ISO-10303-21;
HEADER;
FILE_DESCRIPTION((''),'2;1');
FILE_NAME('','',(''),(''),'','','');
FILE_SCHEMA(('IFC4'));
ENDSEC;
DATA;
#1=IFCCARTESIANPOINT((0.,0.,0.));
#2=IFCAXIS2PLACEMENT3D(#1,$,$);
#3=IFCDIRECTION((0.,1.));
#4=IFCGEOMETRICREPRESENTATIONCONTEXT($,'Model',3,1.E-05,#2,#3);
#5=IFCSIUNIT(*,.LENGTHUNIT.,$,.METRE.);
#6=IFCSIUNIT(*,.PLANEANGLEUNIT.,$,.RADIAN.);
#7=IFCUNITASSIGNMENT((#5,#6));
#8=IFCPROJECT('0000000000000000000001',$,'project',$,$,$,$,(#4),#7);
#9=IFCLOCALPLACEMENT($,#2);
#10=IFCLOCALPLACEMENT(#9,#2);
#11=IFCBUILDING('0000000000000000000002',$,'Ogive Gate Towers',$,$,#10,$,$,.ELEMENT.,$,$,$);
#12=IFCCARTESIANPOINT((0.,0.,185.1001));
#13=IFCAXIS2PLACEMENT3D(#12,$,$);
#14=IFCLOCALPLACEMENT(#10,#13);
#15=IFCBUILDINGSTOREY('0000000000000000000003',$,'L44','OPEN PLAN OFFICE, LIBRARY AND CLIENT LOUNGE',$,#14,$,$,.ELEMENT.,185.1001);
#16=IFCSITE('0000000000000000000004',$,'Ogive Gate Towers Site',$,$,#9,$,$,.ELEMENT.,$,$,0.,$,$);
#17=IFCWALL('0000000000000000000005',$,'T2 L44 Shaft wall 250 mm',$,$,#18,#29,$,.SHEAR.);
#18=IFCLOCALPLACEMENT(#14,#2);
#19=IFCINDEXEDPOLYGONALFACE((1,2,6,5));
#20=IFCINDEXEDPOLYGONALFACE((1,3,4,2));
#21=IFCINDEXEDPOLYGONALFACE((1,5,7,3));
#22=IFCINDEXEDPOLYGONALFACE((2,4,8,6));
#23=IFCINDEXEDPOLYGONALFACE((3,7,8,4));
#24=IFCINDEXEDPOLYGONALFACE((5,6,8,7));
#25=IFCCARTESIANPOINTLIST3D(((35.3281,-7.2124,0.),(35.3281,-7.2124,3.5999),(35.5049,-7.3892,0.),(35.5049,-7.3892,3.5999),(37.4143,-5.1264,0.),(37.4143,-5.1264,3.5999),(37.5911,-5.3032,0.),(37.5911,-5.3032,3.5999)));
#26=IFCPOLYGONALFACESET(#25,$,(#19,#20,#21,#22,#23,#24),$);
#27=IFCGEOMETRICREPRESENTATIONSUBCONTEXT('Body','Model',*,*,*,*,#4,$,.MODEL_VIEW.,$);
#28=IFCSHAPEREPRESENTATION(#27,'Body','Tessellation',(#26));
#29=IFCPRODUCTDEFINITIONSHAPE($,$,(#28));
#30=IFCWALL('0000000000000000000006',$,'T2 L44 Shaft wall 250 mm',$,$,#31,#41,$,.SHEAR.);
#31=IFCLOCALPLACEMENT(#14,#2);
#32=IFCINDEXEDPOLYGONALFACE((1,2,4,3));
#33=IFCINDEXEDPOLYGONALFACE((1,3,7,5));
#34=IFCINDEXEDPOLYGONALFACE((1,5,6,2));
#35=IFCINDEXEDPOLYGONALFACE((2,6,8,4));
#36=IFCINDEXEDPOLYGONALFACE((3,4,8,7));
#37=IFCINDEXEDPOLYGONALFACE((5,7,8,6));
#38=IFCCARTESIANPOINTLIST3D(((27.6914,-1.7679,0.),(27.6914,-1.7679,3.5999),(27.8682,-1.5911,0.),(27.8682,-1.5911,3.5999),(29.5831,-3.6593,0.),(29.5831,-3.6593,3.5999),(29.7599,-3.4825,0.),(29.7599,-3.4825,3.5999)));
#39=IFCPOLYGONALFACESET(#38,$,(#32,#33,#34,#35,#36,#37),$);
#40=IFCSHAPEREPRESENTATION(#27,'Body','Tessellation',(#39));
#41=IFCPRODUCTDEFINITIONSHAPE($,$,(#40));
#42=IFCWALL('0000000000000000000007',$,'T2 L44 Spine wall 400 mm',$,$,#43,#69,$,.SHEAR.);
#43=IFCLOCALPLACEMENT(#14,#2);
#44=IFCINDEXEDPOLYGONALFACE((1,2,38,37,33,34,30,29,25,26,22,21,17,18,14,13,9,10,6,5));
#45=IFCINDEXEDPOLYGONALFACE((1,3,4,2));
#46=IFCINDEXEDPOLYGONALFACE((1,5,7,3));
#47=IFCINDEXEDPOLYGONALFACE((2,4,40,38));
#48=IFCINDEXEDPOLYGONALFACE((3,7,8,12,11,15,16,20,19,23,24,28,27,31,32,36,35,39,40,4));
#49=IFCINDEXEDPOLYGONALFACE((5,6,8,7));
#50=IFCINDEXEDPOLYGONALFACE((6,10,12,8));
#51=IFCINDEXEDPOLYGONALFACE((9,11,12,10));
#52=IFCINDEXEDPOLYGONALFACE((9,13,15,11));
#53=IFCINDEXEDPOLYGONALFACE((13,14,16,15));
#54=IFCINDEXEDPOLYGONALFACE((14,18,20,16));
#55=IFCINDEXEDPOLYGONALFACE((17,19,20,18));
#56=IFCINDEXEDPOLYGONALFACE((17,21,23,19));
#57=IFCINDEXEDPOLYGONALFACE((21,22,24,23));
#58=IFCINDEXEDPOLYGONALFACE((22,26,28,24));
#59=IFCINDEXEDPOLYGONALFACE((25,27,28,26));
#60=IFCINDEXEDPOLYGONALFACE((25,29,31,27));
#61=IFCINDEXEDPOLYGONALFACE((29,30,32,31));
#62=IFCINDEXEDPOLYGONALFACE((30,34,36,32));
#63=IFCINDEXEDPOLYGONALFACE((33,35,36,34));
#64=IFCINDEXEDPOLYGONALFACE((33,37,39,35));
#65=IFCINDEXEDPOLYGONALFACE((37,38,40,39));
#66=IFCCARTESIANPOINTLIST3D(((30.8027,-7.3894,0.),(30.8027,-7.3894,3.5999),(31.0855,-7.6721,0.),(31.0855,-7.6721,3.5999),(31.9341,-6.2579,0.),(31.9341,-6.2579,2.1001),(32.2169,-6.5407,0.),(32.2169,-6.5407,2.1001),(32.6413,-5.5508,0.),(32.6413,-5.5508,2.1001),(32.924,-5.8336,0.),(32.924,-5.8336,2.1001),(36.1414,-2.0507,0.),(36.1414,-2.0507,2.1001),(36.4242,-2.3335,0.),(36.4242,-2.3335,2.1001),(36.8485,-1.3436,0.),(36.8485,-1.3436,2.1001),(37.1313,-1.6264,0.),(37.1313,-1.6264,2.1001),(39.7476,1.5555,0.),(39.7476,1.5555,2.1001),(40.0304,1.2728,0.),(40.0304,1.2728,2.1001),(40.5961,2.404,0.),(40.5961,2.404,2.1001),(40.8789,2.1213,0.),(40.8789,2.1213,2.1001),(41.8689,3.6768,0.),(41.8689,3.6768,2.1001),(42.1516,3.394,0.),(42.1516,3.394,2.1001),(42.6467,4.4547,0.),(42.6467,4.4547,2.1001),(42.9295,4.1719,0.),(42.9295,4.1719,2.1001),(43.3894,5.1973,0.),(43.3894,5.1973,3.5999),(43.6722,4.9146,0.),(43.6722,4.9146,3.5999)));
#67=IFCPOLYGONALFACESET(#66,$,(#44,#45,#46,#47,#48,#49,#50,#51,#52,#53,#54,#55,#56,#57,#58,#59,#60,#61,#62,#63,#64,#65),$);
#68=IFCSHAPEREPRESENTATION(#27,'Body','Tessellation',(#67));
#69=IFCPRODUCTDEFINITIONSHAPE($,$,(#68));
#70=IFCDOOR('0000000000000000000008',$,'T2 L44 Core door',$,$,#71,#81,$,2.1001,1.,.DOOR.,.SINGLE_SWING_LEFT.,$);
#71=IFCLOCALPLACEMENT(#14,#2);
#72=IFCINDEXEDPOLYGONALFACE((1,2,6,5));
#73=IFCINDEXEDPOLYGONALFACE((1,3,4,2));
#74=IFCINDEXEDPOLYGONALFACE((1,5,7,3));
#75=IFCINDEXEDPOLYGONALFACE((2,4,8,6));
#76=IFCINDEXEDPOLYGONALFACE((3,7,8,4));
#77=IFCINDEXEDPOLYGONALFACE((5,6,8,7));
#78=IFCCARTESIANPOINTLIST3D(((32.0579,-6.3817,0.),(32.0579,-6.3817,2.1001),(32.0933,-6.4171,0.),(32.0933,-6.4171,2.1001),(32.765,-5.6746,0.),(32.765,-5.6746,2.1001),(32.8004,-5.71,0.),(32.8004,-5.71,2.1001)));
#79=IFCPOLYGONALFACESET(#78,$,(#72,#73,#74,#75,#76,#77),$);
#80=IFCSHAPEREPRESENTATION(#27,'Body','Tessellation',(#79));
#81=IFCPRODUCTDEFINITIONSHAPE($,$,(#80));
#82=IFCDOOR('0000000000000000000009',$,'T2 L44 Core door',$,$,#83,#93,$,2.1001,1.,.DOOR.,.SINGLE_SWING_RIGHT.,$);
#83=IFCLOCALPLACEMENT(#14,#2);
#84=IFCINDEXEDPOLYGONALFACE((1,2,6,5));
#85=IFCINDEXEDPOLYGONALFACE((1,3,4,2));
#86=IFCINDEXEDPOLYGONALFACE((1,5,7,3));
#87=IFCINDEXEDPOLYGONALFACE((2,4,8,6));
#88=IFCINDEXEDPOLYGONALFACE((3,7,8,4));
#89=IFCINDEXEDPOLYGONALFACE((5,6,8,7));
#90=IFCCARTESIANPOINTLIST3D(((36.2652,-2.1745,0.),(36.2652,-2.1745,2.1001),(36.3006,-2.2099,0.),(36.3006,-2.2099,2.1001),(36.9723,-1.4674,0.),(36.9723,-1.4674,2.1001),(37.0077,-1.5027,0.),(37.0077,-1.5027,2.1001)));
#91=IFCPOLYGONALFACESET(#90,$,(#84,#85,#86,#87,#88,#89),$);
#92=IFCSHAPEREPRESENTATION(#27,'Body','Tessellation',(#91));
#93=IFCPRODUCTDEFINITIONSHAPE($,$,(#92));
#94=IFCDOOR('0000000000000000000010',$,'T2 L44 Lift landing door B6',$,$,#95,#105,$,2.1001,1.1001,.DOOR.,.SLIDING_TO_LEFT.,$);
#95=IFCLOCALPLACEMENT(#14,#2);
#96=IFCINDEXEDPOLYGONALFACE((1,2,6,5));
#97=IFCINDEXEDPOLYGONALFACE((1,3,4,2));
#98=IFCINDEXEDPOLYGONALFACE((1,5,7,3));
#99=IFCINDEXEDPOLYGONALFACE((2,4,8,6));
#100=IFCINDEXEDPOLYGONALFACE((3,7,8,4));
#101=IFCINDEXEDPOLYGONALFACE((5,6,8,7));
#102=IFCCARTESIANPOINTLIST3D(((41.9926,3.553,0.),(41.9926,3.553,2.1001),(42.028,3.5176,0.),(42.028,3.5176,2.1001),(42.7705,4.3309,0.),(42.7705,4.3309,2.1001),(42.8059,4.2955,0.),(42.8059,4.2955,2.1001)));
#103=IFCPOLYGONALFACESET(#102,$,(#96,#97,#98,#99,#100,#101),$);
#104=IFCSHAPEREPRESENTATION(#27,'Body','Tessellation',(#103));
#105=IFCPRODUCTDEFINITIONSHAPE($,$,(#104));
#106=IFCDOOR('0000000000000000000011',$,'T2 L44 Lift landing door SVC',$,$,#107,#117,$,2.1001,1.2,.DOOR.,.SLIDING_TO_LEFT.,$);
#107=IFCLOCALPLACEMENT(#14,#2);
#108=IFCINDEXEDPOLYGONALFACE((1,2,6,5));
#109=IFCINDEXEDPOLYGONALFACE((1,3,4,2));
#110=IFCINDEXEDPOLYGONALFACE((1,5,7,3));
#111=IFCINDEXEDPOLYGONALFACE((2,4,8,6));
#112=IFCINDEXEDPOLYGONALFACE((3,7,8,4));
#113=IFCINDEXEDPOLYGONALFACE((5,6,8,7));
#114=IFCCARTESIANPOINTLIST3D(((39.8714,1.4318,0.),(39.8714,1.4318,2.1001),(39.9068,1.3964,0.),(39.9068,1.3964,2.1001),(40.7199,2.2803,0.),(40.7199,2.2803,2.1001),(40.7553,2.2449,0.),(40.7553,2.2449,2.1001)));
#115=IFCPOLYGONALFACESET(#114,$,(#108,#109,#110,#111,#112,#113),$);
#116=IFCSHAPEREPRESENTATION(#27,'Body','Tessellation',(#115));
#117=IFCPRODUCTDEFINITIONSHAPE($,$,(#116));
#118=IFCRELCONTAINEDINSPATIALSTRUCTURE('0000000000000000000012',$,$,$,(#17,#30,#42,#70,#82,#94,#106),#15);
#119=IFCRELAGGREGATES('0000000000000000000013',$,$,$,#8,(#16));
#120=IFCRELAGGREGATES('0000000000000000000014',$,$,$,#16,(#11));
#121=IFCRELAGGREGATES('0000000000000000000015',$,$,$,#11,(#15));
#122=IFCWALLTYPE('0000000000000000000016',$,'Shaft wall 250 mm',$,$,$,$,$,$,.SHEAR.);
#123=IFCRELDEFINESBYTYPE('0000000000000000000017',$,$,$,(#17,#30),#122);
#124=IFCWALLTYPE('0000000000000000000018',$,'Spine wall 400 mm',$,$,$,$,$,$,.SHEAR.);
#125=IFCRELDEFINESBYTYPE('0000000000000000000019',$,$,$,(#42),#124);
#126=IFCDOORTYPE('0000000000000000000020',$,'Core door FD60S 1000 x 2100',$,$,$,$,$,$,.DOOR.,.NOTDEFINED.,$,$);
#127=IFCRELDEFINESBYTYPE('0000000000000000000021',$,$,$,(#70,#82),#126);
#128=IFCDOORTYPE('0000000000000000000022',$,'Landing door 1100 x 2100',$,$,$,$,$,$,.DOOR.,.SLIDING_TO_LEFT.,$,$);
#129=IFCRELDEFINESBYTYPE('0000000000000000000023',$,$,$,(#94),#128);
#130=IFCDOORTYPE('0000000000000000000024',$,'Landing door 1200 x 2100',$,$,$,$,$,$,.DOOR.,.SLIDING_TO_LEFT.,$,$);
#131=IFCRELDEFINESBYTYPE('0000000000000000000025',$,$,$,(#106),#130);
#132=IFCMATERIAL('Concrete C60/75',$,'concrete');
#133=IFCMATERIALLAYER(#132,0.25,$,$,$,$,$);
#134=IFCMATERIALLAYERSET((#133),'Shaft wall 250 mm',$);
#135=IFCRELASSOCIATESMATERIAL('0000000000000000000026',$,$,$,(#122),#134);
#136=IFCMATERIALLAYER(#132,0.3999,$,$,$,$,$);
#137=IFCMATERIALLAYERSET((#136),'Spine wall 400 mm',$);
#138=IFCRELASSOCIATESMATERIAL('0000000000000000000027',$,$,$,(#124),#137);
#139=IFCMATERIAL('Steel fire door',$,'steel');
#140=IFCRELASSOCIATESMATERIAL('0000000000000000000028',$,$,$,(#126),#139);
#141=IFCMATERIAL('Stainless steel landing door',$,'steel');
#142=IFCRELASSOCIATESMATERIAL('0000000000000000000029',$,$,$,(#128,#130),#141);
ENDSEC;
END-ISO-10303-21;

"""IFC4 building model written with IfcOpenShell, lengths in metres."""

from ifc_helpers import new_model, si_unit, direction, frame, frame_2d, origin, place, context, subcontext, project, spatial, rectangle, extrude, material, layer, layer_set, type_object, element, fill, save


model = new_model("IFC4")

# Units and contexts
model_context = context("Model", 3, precision=1e-05, world=origin(), true_north=direction((0.0, 1.0)))
body_context = subcontext(model_context, "Body", "Model", "MODEL_VIEW")
ifc_project = project(units=[si_unit("LENGTHUNIT", "METRE"), si_unit("PLANEANGLEUNIT", "RADIAN")], contexts=[model_context])

# Site, building, storey
site_placement = place(None, origin())
site = spatial("IfcSite", under=ifc_project, at=site_placement, Name="Ogive Gate Towers Site", CompositionType="ELEMENT", RefElevation=0.0)
building_placement = place(site_placement, origin())
building = spatial("IfcBuilding", under=site, at=building_placement, Name="Ogive Gate Towers", CompositionType="ELEMENT")
storey_placement = place(building_placement, frame((0.0, 0.0, 185.1001)))
storey = spatial("IfcBuildingStorey", under=building, at=storey_placement, Name="L44", Description="OPEN PLAN OFFICE, LIBRARY AND CLIENT LOUNGE", CompositionType="ELEMENT", Elevation=185.1001)

# Walls
ifc_material_1 = material(Name="Concrete C60/75", Category="concrete")
ifc_layer_1 = layer(ifc_material_1, 0.25)
ifc_layer_set_1 = layer_set([ifc_layer_1], Name="Shaft wall 250 mm")
wall_type_1 = type_object("IfcWallType", Name="Shaft wall 250 mm", PredefinedType="SHEAR", material=ifc_layer_set_1)
wall_1_placement = place(storey_placement, frame((35.4165, -7.3008, 0.0), z_axis=(0.0, 0.0, 1.0), x_axis=(0.707148, 0.707065, 0.0)))
element("IfcWall", 1, at=wall_1_placement, inside=storey, type_object=wall_type_1, Name="T2 L44 Shaft wall 250 mm", PredefinedType="SHEAR", context=body_context, shape_type="SweptSolid", body=[
    extrude(rectangle(XDim=2.9502, YDim=0.25, at=frame_2d((1.4751, 0.0))), origin(), (0.0, 0.0, 1.0), 3.5999),
])
wall_2_placement = place(storey_placement, frame((29.6714, -3.5708, 0.0), z_axis=(0.0, 0.0, 1.0), x_axis=(-0.707152, 0.707061, 0.0)))
element("IfcWall", 2, at=wall_2_placement, inside=storey, type_object=wall_type_1, Name="T2 L44 Shaft wall 250 mm", PredefinedType="SHEAR", context=body_context, shape_type="SweptSolid", body=[
    extrude(rectangle(XDim=2.675, YDim=0.25, at=frame_2d((1.3374, 0.0))), origin(), (0.0, 0.0, 1.0), 3.5999),
])

# Wall, openings, doors
ifc_layer_2 = layer(ifc_material_1, 0.3999)
ifc_layer_set_2 = layer_set([ifc_layer_2], Name="Spine wall 400 mm")
wall_type_2 = type_object("IfcWallType", Name="Spine wall 400 mm", PredefinedType="SHEAR", material=ifc_layer_set_2)
wall_3_placement = place(storey_placement, frame((30.9441, -7.5308, 0.0), z_axis=(0.0, 0.0, 1.0), x_axis=(0.707107, 0.707107, 0.0)))
wall_3 = element("IfcWall", 3, at=wall_3_placement, inside=storey, type_object=wall_type_2, Name="T2 L44 Spine wall 400 mm", PredefinedType="SHEAR", context=body_context, shape_type="SweptSolid", body=[
    extrude(rectangle(XDim=17.8003, YDim=0.3999, at=frame_2d((8.9001, 0.0))), origin(), (0.0, 0.0, 1.0), 3.5999),
])
opening_1_placement = place(wall_3_placement, frame((12.6499, 0.0, 0.0)))
opening_1 = element("IfcOpeningElement", 4, at=opening_1_placement, cuts=wall_3, PredefinedType="OPENING", context=body_context, shape_type="SweptSolid", body=[
    extrude(rectangle(XDim=1.2, YDim=2.1001, at=frame_2d((0.6001, 1.05))), frame((0.0, 0.21, 0.0), z_axis=(0.0, -1.0, 0.0), x_axis=(1.0, 0.0, 0.0)), (0.0, 0.0, 1.0), 0.4199),
])
opening_2_placement = place(wall_3_placement, frame((15.6499, 0.0, 0.0)))
opening_2 = element("IfcOpeningElement", 5, at=opening_2_placement, cuts=wall_3, PredefinedType="OPENING", context=body_context, shape_type="SweptSolid", body=[
    extrude(rectangle(XDim=1.1001, YDim=2.1001, at=frame_2d((0.55, 1.05))), frame((0.0, 0.21, 0.0), z_axis=(0.0, -1.0, 0.0), x_axis=(1.0, 0.0, 0.0)), (0.0, 0.0, 1.0), 0.4199),
])
opening_3_placement = place(wall_3_placement, frame((1.6001, 0.0, 0.0)))
opening_3 = element("IfcOpeningElement", 6, at=opening_3_placement, cuts=wall_3, PredefinedType="OPENING", context=body_context, shape_type="SweptSolid", body=[
    extrude(rectangle(XDim=1.0, YDim=2.1001, at=frame_2d((0.5, 1.05))), frame((0.0, 0.21, 0.0), z_axis=(0.0, -1.0, 0.0), x_axis=(1.0, 0.0, 0.0)), (0.0, 0.0, 1.0), 0.4199),
])
opening_4_placement = place(wall_3_placement, frame((7.55, 0.0, 0.0)))
opening_4 = element("IfcOpeningElement", 7, at=opening_4_placement, cuts=wall_3, PredefinedType="OPENING", context=body_context, shape_type="SweptSolid", body=[
    extrude(rectangle(XDim=1.0, YDim=2.1001, at=frame_2d((0.5, 1.05))), frame((0.0, 0.21, 0.0), z_axis=(0.0, -1.0, 0.0), x_axis=(1.0, 0.0, 0.0)), (0.0, 0.0, 1.0), 0.4199),
])
ifc_material_2 = material(Name="Steel fire door", Category="steel")
door_type_1 = type_object("IfcDoorType", Name="Core door FD60S 1000 x 2100", OperationType="NOTDEFINED", PredefinedType="DOOR", material=ifc_material_2)
door_1_placement = place(opening_3_placement, origin())
door_1 = element("IfcDoor", 8, at=door_1_placement, inside=storey, type_object=door_type_1, Name="T2 L44 Core door", OperationType="SINGLE_SWING_LEFT", OverallHeight=2.1001, OverallWidth=1.0, PredefinedType="DOOR", context=body_context, shape_type="SweptSolid", body=[
    extrude(rectangle(XDim=1.0, YDim=2.1001, at=frame_2d((0.5, 1.05))), frame((0.0, 0.0249, 0.0), z_axis=(0.0, -1.0, 0.0), x_axis=(1.0, 0.0, 0.0)), (0.0, 0.0, 1.0), 0.05),
])
fill(opening_3, door_1)
door_2_placement = place(opening_4_placement, origin())
door_2 = element("IfcDoor", 9, at=door_2_placement, inside=storey, type_object=door_type_1, Name="T2 L44 Core door", OperationType="SINGLE_SWING_RIGHT", OverallHeight=2.1001, OverallWidth=1.0, PredefinedType="DOOR", context=body_context, shape_type="SweptSolid", body=[
    extrude(rectangle(XDim=1.0, YDim=2.1001, at=frame_2d((0.5, 1.05))), frame((0.0, 0.0249, 0.0), z_axis=(0.0, -1.0, 0.0), x_axis=(1.0, 0.0, 0.0)), (0.0, 0.0, 1.0), 0.05),
])
fill(opening_4, door_2)
ifc_material_3 = material(Name="Stainless steel landing door", Category="steel")
door_type_2 = type_object("IfcDoorType", Name="Landing door 1100 x 2100", OperationType="SLIDING_TO_LEFT", PredefinedType="DOOR", material=ifc_material_3)
door_3_placement = place(opening_2_placement, origin())
door_3 = element("IfcDoor", 10, at=door_3_placement, inside=storey, type_object=door_type_2, Name="T2 L44 Lift landing door B6", OperationType="SLIDING_TO_LEFT", OverallHeight=2.1001, OverallWidth=1.1001, PredefinedType="DOOR", context=body_context, shape_type="SweptSolid", body=[
    extrude(rectangle(XDim=1.1001, YDim=2.1001, at=frame_2d((0.55, 1.05))), frame((0.0, 0.0249, 0.0), z_axis=(0.0, -1.0, 0.0), x_axis=(1.0, 0.0, 0.0)), (0.0, 0.0, 1.0), 0.05),
])
fill(opening_2, door_3)
door_type_3 = type_object("IfcDoorType", Name="Landing door 1200 x 2100", OperationType="SLIDING_TO_LEFT", PredefinedType="DOOR", material=ifc_material_3)
door_4_placement = place(opening_1_placement, origin())
door_4 = element("IfcDoor", 11, at=door_4_placement, inside=storey, type_object=door_type_3, Name="T2 L44 Lift landing door SVC", OperationType="SLIDING_TO_LEFT", OverallHeight=2.1001, OverallWidth=1.2, PredefinedType="DOOR", context=body_context, shape_type="SweptSolid", body=[
    extrude(rectangle(XDim=1.2, YDim=2.1001, at=frame_2d((0.6001, 1.05))), frame((0.0, 0.0249, 0.0), z_axis=(0.0, -1.0, 0.0), x_axis=(1.0, 0.0, 0.0)), (0.0, 0.0, 1.0), 0.05),
])
fill(opening_1, door_4)

save(model, "model.ifc")
